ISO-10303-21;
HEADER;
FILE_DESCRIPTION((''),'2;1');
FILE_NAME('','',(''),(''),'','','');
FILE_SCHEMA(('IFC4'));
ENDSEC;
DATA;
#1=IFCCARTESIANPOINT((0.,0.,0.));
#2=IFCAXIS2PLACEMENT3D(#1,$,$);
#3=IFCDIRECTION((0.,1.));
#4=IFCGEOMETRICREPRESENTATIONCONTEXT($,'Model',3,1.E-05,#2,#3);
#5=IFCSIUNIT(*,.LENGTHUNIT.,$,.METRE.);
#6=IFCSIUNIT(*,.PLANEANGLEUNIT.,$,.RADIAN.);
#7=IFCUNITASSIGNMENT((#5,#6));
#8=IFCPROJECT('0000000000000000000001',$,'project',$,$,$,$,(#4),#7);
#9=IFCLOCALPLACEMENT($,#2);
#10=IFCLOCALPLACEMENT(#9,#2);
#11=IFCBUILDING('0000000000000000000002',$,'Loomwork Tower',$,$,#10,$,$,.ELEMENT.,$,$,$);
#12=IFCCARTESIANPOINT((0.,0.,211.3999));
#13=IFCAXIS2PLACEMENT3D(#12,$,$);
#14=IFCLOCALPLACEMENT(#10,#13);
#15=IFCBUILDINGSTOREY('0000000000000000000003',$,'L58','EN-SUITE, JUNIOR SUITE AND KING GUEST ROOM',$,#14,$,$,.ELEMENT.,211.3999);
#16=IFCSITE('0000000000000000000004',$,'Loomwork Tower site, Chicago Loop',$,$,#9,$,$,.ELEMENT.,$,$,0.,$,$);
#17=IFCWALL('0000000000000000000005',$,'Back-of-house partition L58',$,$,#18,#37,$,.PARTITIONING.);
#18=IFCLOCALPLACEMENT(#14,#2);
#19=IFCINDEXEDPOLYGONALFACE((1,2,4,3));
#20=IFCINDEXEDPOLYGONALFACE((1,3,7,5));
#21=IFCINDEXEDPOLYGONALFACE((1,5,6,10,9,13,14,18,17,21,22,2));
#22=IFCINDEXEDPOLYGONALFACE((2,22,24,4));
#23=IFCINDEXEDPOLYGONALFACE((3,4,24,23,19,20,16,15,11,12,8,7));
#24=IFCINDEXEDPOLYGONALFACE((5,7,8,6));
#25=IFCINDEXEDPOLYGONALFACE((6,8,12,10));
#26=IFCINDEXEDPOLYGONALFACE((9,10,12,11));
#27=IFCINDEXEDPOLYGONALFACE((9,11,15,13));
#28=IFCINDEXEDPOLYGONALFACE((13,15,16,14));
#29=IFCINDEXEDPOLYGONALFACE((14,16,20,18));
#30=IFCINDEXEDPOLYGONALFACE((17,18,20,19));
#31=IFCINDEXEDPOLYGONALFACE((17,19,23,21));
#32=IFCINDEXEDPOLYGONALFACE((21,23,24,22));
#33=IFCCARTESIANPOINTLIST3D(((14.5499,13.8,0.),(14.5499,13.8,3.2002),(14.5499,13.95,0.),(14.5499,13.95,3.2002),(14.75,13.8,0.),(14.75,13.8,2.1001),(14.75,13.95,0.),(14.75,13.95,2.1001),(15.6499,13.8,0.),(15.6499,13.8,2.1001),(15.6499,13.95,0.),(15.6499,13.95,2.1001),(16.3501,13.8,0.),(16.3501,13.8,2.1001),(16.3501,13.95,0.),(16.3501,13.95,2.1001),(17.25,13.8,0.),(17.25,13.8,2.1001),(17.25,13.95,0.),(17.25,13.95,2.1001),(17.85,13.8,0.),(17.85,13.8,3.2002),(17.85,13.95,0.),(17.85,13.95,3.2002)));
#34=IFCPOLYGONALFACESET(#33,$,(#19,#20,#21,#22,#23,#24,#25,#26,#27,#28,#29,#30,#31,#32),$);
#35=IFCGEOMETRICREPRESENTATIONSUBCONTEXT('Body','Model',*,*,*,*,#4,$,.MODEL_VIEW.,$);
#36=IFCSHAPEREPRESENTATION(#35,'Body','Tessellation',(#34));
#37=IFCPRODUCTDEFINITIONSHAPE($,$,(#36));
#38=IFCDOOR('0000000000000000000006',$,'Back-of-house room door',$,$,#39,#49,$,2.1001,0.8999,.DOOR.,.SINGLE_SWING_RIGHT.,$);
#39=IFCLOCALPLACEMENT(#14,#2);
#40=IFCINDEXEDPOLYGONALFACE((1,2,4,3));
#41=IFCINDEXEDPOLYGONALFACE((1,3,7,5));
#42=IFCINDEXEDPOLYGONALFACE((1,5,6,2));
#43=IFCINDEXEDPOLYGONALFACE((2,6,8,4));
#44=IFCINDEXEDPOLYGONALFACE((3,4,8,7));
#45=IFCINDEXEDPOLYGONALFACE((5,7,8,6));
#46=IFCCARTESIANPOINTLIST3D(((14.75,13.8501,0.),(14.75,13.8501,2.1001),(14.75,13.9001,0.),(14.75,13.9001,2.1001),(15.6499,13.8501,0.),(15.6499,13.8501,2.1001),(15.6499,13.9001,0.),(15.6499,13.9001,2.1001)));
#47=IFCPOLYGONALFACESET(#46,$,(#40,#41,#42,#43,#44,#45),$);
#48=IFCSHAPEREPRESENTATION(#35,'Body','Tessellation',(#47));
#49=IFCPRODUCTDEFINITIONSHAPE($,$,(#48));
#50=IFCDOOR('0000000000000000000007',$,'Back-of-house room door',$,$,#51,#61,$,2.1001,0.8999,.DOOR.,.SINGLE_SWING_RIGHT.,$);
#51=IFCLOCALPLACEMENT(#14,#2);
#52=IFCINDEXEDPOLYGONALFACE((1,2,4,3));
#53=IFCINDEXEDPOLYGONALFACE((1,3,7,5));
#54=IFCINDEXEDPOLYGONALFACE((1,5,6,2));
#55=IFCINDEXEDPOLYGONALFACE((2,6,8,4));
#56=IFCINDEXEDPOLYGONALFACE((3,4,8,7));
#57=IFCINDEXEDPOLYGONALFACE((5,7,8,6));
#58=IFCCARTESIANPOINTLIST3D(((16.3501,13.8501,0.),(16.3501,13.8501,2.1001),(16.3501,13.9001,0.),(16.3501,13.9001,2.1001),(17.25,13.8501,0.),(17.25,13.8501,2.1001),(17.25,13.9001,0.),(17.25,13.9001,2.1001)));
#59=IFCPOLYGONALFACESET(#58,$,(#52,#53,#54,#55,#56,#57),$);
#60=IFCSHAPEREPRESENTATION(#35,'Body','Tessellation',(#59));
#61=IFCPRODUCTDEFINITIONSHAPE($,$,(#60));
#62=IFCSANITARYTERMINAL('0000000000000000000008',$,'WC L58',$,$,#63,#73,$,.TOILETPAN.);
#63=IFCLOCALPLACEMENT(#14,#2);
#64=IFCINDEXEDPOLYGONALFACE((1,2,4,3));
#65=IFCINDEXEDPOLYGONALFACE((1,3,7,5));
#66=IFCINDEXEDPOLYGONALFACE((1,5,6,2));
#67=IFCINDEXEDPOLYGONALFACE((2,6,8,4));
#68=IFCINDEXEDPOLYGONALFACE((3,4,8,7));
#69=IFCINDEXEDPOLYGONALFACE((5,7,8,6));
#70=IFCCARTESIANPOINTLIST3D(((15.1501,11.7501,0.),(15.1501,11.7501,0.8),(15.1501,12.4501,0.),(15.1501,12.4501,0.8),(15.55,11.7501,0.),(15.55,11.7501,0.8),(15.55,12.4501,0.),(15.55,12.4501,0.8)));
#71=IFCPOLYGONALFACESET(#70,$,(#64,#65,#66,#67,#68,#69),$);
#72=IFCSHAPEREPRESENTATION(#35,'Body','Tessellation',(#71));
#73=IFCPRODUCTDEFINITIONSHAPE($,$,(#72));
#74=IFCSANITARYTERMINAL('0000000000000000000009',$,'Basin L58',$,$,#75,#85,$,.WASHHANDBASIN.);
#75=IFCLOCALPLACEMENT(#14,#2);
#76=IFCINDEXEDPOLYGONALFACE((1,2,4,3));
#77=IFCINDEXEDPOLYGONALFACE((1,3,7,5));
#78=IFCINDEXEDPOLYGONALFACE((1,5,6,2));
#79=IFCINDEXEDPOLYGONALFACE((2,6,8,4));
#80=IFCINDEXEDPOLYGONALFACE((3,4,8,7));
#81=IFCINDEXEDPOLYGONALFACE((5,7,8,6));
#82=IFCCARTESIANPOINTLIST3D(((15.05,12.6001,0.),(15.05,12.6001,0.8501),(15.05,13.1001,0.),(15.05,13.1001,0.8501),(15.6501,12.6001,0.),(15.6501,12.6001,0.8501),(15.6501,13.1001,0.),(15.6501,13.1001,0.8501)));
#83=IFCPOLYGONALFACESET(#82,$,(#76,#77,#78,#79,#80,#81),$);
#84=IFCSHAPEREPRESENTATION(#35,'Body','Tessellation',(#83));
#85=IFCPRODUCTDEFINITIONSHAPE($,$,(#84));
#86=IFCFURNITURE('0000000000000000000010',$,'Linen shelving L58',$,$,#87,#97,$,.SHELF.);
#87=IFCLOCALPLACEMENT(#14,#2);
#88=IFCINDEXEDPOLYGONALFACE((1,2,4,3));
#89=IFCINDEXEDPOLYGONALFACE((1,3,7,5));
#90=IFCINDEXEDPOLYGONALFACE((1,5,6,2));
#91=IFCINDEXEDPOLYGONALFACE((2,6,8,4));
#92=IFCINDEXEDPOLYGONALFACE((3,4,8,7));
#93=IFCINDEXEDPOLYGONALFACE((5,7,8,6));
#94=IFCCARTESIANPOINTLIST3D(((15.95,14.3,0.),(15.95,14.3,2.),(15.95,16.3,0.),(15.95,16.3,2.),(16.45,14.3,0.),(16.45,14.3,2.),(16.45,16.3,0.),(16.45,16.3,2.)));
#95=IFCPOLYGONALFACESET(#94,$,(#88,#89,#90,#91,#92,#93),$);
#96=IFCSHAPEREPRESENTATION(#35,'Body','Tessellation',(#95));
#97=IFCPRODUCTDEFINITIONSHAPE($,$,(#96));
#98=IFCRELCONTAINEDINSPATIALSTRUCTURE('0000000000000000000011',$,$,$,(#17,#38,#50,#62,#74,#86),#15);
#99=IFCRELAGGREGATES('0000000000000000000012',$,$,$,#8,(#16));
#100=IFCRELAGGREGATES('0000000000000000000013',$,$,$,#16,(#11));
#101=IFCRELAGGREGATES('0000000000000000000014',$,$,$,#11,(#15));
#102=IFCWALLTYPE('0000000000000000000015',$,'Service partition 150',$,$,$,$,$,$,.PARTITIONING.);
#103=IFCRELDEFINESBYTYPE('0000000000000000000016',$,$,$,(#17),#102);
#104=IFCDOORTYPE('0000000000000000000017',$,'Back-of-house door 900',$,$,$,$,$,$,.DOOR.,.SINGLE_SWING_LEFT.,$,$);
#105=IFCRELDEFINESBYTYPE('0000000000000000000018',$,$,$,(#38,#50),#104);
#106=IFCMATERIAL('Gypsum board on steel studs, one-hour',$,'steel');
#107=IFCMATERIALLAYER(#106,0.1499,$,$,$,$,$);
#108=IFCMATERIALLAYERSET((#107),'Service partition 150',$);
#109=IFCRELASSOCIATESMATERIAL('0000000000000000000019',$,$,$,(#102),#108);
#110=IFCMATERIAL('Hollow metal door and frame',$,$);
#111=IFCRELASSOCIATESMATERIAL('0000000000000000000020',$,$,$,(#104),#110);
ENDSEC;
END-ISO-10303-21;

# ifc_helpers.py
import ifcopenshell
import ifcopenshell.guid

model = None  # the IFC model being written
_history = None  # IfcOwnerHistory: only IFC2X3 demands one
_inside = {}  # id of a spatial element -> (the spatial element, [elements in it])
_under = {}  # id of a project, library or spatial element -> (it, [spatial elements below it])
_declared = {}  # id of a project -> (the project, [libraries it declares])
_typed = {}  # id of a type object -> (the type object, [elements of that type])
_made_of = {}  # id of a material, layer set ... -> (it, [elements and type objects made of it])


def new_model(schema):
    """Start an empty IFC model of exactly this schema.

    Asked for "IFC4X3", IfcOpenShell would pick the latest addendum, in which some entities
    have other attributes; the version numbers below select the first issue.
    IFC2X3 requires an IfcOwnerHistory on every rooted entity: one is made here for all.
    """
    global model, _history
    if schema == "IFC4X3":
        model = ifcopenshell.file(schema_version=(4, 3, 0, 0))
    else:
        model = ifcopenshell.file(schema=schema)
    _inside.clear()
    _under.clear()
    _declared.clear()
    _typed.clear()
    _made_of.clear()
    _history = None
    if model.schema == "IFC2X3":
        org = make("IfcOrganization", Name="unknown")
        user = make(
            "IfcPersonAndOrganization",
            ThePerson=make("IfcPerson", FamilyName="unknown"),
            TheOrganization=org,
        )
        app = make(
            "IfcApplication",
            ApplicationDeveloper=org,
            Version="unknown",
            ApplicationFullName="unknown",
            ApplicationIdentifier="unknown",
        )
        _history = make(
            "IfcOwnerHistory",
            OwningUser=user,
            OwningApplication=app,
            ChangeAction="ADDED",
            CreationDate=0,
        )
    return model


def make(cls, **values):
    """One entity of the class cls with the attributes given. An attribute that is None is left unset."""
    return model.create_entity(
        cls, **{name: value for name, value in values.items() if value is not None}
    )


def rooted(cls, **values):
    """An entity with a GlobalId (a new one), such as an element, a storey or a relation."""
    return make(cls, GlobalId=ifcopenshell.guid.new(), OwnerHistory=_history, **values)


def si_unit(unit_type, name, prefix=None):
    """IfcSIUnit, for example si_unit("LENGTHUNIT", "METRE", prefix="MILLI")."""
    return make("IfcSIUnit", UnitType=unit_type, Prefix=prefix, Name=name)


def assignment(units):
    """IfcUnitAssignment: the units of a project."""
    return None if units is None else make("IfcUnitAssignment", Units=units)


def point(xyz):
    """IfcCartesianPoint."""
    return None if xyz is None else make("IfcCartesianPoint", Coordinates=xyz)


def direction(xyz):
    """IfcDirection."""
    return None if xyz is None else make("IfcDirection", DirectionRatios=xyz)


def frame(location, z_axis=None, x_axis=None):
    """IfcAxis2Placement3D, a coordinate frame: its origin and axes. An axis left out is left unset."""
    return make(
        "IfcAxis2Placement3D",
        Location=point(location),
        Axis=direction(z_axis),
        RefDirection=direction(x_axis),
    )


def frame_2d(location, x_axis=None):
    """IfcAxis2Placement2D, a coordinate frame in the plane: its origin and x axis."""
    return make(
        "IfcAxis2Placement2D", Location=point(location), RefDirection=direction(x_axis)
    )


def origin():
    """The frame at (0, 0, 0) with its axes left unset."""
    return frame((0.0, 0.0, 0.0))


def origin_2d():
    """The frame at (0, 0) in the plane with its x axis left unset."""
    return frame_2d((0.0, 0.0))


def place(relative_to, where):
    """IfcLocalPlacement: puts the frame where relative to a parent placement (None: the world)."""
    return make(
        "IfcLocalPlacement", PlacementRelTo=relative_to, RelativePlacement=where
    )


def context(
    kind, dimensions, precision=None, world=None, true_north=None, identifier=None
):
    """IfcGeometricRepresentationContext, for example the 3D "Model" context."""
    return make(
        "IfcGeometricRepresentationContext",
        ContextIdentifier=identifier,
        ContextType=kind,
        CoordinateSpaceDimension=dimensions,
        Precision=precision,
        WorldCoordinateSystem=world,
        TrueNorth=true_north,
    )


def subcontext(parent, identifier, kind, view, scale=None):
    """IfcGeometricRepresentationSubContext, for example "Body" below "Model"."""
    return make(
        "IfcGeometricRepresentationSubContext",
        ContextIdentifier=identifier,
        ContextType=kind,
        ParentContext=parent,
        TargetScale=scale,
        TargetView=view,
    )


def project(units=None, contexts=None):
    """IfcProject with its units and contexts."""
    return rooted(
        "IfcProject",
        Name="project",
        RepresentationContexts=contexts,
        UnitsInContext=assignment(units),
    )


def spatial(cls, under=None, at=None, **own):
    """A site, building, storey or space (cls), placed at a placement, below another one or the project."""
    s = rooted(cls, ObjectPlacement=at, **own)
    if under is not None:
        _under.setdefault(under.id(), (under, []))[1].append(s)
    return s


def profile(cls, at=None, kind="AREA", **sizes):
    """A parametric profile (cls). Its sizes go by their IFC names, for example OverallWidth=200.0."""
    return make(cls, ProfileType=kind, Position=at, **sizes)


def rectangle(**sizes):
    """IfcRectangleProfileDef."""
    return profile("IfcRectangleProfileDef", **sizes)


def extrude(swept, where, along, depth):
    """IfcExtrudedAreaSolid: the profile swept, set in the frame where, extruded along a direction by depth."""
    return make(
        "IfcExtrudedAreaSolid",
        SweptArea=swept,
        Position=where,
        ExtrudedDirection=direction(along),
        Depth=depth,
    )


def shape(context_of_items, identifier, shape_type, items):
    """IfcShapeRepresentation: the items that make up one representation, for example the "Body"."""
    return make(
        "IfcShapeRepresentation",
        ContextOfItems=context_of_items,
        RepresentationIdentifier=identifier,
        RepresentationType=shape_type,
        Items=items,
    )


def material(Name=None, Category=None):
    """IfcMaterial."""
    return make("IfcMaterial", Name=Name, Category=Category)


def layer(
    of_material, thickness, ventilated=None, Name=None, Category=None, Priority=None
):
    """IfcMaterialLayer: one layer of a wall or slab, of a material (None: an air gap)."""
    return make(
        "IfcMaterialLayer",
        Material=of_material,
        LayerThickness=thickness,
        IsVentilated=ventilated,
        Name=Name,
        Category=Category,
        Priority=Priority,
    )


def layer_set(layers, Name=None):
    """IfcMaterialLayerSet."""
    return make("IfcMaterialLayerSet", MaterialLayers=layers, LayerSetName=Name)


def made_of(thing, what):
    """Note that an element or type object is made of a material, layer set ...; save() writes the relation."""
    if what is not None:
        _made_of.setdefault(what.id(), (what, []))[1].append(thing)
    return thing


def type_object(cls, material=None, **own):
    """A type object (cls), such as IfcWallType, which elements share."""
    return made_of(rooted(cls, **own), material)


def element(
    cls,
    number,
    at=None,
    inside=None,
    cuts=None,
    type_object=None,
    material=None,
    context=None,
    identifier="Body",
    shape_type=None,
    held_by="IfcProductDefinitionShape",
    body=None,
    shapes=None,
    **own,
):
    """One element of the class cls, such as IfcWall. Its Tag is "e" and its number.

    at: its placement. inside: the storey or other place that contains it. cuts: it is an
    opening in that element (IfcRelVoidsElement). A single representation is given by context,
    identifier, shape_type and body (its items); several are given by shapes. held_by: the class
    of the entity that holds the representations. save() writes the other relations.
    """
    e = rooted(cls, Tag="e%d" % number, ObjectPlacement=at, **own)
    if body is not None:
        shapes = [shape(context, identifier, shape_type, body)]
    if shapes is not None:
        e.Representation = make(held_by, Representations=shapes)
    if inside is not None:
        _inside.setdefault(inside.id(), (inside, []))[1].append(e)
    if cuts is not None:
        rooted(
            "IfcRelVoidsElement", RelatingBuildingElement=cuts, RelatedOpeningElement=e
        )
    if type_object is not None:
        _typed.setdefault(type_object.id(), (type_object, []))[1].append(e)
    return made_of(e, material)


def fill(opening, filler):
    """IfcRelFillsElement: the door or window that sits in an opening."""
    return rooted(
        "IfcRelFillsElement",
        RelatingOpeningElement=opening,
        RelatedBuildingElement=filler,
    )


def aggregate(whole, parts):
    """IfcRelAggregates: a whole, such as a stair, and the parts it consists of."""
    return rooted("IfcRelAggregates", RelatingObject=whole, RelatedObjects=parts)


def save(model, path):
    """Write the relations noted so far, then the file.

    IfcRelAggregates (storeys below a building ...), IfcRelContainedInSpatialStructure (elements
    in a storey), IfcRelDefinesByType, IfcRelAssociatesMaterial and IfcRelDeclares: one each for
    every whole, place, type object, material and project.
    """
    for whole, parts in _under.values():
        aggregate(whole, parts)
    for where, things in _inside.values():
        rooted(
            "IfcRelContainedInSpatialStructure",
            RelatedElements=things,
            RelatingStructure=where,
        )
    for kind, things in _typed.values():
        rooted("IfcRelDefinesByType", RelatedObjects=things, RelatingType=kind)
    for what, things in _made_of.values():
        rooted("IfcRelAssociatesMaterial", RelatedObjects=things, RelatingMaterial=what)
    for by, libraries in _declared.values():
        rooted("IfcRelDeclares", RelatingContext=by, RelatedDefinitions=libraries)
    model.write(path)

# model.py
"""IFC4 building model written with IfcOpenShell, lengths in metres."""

from ifc_helpers import new_model, si_unit, direction, frame, frame_2d, origin, origin_2d, place, context, subcontext, project, spatial, rectangle, extrude, material, layer, layer_set, type_object, element, fill, save


model = new_model("IFC4")

# Units and contexts
model_context = context("Model", 3, precision=1e-05, world=origin(), true_north=direction((0.0, 1.0)))
body_context = subcontext(model_context, "Body", "Model", "MODEL_VIEW")
ifc_project = project(units=[si_unit("LENGTHUNIT", "METRE"), si_unit("PLANEANGLEUNIT", "RADIAN")], contexts=[model_context])

# Site, building, storey
site_placement = place(None, origin())
site = spatial("IfcSite", under=ifc_project, at=site_placement, Name="Loomwork Tower site, Chicago Loop", CompositionType="ELEMENT", RefElevation=0.0)
building_placement = place(site_placement, origin())
building = spatial("IfcBuilding", under=site, at=building_placement, Name="Loomwork Tower", CompositionType="ELEMENT")
storey_placement = place(building_placement, frame((0.0, 0.0, 211.3999)))
storey = spatial("IfcBuildingStorey", under=building, at=storey_placement, Name="L58", Description="EN-SUITE, JUNIOR SUITE AND KING GUEST ROOM", CompositionType="ELEMENT", Elevation=211.3999)

# Shared definitions
ifc_material_1 = material(Name="Gypsum board on steel studs, one-hour", Category="steel")
ifc_layer_1 = layer(ifc_material_1, 0.1499)
ifc_layer_set_1 = layer_set([ifc_layer_1], Name="Service partition 150")
wall_type_1 = type_object("IfcWallType", Name="Service partition 150", PredefinedType="PARTITIONING", material=ifc_layer_set_1)

# Wall, openings, doors
wall_1_placement = place(storey_placement, frame((14.55, 13.875, 0.0), z_axis=(0.0, 0.0, 1.0), x_axis=(1.0, 0.0, 0.0)))
wall_1 = element("IfcWall", 1, at=wall_1_placement, inside=storey, type_object=wall_type_1, Name="Back-of-house partition L58", PredefinedType="PARTITIONING", context=body_context, shape_type="SweptSolid", body=[
    extrude(rectangle(XDim=3.3, YDim=0.1499, at=frame_2d((1.6499, 0.0))), origin(), (0.0, 0.0, 1.0), 3.2002),
])
opening_1_placement = place(wall_1_placement, frame((0.2, 0.0, 0.0)))
opening_1 = element("IfcOpeningElement", 2, at=opening_1_placement, cuts=wall_1, PredefinedType="OPENING", context=body_context, shape_type="SweptSolid", body=[
    extrude(rectangle(XDim=0.8999, YDim=2.1001, at=frame_2d((0.45, 1.05))), frame((0.0, 0.085, 0.0), z_axis=(0.0, -1.0, 0.0), x_axis=(1.0, 0.0, 0.0)), (0.0, 0.0, 1.0), 0.1699),
])
opening_2_placement = place(wall_1_placement, frame((1.8, 0.0, 0.0)))
opening_2 = element("IfcOpeningElement", 3, at=opening_2_placement, cuts=wall_1, PredefinedType="OPENING", context=body_context, shape_type="SweptSolid", body=[
    extrude(rectangle(XDim=0.8999, YDim=2.1001, at=frame_2d((0.45, 1.05))), frame((0.0, 0.085, 0.0), z_axis=(0.0, -1.0, 0.0), x_axis=(1.0, 0.0, 0.0)), (0.0, 0.0, 1.0), 0.1699),
])
ifc_material_2 = material(Name="Hollow metal door and frame")
door_type_1 = type_object("IfcDoorType", Name="Back-of-house door 900", OperationType="SINGLE_SWING_LEFT", PredefinedType="DOOR", material=ifc_material_2)
door_1_placement = place(opening_1_placement, frame((0.8999, 0.0, 0.0), z_axis=(0.0, 0.0, 1.0), x_axis=(-1.0, 0.0, 0.0)))
door_1 = element("IfcDoor", 4, at=door_1_placement, inside=storey, type_object=door_type_1, Name="Back-of-house room door", OperationType="SINGLE_SWING_RIGHT", OverallHeight=2.1001, OverallWidth=0.8999, PredefinedType="DOOR", context=body_context, shape_type="SweptSolid", body=[
    extrude(rectangle(XDim=0.8999, YDim=2.1001, at=frame_2d((0.45, 1.05))), frame((0.0, 0.0249, 0.0), z_axis=(0.0, -1.0, 0.0), x_axis=(1.0, 0.0, 0.0)), (0.0, 0.0, 1.0), 0.05),
])
fill(opening_1, door_1)
door_2_placement = place(opening_2_placement, frame((0.8999, 0.0, 0.0), z_axis=(0.0, 0.0, 1.0), x_axis=(-1.0, 0.0, 0.0)))
door_2 = element("IfcDoor", 5, at=door_2_placement, inside=storey, type_object=door_type_1, Name="Back-of-house room door", OperationType="SINGLE_SWING_RIGHT", OverallHeight=2.1001, OverallWidth=0.8999, PredefinedType="DOOR", context=body_context, shape_type="SweptSolid", body=[
    extrude(rectangle(XDim=0.8999, YDim=2.1001, at=frame_2d((0.45, 1.05))), frame((0.0, 0.0249, 0.0), z_axis=(0.0, -1.0, 0.0), x_axis=(1.0, 0.0, 0.0)), (0.0, 0.0, 1.0), 0.05),
])
fill(opening_2, door_2)

# Sanitary terminals
sanitary_terminal_1_placement = place(storey_placement, frame((15.3501, 12.1001, 0.0), z_axis=(0.0, 0.0, 1.0), x_axis=(1.0, 0.0, 0.0)))
element("IfcSanitaryTerminal", 6, at=sanitary_terminal_1_placement, inside=storey, Name="WC L58", PredefinedType="TOILETPAN", context=body_context, shape_type="SweptSolid", body=[
    extrude(rectangle(XDim=0.3999, YDim=0.7, at=origin_2d()), origin(), (0.0, 0.0, 1.0), 0.8),
])
sanitary_terminal_2_placement = place(storey_placement, frame((15.3501, 12.8501, 0.0), z_axis=(0.0, 0.0, 1.0), x_axis=(1.0, 0.0, 0.0)))
element("IfcSanitaryTerminal", 7, at=sanitary_terminal_2_placement, inside=storey, Name="Basin L58", PredefinedType="WASHHANDBASIN", context=body_context, shape_type="SweptSolid", body=[
    extrude(rectangle(XDim=0.6001, YDim=0.5, at=origin_2d()), origin(), (0.0, 0.0, 1.0), 0.8501),
])

# Furniture
furniture_placement = place(storey_placement, frame((16.2, 15.3, 0.0), z_axis=(0.0, 0.0, 1.0), x_axis=(1.0, 0.0, 0.0)))
element("IfcFurniture", 8, at=furniture_placement, inside=storey, Name="Linen shelving L58", PredefinedType="SHELF", context=body_context, shape_type="SweptSolid", body=[
    extrude(rectangle(XDim=0.5, YDim=2.0, at=origin_2d()), origin(), (0.0, 0.0, 1.0), 2.0),
])

save(model, "model.ifc")
